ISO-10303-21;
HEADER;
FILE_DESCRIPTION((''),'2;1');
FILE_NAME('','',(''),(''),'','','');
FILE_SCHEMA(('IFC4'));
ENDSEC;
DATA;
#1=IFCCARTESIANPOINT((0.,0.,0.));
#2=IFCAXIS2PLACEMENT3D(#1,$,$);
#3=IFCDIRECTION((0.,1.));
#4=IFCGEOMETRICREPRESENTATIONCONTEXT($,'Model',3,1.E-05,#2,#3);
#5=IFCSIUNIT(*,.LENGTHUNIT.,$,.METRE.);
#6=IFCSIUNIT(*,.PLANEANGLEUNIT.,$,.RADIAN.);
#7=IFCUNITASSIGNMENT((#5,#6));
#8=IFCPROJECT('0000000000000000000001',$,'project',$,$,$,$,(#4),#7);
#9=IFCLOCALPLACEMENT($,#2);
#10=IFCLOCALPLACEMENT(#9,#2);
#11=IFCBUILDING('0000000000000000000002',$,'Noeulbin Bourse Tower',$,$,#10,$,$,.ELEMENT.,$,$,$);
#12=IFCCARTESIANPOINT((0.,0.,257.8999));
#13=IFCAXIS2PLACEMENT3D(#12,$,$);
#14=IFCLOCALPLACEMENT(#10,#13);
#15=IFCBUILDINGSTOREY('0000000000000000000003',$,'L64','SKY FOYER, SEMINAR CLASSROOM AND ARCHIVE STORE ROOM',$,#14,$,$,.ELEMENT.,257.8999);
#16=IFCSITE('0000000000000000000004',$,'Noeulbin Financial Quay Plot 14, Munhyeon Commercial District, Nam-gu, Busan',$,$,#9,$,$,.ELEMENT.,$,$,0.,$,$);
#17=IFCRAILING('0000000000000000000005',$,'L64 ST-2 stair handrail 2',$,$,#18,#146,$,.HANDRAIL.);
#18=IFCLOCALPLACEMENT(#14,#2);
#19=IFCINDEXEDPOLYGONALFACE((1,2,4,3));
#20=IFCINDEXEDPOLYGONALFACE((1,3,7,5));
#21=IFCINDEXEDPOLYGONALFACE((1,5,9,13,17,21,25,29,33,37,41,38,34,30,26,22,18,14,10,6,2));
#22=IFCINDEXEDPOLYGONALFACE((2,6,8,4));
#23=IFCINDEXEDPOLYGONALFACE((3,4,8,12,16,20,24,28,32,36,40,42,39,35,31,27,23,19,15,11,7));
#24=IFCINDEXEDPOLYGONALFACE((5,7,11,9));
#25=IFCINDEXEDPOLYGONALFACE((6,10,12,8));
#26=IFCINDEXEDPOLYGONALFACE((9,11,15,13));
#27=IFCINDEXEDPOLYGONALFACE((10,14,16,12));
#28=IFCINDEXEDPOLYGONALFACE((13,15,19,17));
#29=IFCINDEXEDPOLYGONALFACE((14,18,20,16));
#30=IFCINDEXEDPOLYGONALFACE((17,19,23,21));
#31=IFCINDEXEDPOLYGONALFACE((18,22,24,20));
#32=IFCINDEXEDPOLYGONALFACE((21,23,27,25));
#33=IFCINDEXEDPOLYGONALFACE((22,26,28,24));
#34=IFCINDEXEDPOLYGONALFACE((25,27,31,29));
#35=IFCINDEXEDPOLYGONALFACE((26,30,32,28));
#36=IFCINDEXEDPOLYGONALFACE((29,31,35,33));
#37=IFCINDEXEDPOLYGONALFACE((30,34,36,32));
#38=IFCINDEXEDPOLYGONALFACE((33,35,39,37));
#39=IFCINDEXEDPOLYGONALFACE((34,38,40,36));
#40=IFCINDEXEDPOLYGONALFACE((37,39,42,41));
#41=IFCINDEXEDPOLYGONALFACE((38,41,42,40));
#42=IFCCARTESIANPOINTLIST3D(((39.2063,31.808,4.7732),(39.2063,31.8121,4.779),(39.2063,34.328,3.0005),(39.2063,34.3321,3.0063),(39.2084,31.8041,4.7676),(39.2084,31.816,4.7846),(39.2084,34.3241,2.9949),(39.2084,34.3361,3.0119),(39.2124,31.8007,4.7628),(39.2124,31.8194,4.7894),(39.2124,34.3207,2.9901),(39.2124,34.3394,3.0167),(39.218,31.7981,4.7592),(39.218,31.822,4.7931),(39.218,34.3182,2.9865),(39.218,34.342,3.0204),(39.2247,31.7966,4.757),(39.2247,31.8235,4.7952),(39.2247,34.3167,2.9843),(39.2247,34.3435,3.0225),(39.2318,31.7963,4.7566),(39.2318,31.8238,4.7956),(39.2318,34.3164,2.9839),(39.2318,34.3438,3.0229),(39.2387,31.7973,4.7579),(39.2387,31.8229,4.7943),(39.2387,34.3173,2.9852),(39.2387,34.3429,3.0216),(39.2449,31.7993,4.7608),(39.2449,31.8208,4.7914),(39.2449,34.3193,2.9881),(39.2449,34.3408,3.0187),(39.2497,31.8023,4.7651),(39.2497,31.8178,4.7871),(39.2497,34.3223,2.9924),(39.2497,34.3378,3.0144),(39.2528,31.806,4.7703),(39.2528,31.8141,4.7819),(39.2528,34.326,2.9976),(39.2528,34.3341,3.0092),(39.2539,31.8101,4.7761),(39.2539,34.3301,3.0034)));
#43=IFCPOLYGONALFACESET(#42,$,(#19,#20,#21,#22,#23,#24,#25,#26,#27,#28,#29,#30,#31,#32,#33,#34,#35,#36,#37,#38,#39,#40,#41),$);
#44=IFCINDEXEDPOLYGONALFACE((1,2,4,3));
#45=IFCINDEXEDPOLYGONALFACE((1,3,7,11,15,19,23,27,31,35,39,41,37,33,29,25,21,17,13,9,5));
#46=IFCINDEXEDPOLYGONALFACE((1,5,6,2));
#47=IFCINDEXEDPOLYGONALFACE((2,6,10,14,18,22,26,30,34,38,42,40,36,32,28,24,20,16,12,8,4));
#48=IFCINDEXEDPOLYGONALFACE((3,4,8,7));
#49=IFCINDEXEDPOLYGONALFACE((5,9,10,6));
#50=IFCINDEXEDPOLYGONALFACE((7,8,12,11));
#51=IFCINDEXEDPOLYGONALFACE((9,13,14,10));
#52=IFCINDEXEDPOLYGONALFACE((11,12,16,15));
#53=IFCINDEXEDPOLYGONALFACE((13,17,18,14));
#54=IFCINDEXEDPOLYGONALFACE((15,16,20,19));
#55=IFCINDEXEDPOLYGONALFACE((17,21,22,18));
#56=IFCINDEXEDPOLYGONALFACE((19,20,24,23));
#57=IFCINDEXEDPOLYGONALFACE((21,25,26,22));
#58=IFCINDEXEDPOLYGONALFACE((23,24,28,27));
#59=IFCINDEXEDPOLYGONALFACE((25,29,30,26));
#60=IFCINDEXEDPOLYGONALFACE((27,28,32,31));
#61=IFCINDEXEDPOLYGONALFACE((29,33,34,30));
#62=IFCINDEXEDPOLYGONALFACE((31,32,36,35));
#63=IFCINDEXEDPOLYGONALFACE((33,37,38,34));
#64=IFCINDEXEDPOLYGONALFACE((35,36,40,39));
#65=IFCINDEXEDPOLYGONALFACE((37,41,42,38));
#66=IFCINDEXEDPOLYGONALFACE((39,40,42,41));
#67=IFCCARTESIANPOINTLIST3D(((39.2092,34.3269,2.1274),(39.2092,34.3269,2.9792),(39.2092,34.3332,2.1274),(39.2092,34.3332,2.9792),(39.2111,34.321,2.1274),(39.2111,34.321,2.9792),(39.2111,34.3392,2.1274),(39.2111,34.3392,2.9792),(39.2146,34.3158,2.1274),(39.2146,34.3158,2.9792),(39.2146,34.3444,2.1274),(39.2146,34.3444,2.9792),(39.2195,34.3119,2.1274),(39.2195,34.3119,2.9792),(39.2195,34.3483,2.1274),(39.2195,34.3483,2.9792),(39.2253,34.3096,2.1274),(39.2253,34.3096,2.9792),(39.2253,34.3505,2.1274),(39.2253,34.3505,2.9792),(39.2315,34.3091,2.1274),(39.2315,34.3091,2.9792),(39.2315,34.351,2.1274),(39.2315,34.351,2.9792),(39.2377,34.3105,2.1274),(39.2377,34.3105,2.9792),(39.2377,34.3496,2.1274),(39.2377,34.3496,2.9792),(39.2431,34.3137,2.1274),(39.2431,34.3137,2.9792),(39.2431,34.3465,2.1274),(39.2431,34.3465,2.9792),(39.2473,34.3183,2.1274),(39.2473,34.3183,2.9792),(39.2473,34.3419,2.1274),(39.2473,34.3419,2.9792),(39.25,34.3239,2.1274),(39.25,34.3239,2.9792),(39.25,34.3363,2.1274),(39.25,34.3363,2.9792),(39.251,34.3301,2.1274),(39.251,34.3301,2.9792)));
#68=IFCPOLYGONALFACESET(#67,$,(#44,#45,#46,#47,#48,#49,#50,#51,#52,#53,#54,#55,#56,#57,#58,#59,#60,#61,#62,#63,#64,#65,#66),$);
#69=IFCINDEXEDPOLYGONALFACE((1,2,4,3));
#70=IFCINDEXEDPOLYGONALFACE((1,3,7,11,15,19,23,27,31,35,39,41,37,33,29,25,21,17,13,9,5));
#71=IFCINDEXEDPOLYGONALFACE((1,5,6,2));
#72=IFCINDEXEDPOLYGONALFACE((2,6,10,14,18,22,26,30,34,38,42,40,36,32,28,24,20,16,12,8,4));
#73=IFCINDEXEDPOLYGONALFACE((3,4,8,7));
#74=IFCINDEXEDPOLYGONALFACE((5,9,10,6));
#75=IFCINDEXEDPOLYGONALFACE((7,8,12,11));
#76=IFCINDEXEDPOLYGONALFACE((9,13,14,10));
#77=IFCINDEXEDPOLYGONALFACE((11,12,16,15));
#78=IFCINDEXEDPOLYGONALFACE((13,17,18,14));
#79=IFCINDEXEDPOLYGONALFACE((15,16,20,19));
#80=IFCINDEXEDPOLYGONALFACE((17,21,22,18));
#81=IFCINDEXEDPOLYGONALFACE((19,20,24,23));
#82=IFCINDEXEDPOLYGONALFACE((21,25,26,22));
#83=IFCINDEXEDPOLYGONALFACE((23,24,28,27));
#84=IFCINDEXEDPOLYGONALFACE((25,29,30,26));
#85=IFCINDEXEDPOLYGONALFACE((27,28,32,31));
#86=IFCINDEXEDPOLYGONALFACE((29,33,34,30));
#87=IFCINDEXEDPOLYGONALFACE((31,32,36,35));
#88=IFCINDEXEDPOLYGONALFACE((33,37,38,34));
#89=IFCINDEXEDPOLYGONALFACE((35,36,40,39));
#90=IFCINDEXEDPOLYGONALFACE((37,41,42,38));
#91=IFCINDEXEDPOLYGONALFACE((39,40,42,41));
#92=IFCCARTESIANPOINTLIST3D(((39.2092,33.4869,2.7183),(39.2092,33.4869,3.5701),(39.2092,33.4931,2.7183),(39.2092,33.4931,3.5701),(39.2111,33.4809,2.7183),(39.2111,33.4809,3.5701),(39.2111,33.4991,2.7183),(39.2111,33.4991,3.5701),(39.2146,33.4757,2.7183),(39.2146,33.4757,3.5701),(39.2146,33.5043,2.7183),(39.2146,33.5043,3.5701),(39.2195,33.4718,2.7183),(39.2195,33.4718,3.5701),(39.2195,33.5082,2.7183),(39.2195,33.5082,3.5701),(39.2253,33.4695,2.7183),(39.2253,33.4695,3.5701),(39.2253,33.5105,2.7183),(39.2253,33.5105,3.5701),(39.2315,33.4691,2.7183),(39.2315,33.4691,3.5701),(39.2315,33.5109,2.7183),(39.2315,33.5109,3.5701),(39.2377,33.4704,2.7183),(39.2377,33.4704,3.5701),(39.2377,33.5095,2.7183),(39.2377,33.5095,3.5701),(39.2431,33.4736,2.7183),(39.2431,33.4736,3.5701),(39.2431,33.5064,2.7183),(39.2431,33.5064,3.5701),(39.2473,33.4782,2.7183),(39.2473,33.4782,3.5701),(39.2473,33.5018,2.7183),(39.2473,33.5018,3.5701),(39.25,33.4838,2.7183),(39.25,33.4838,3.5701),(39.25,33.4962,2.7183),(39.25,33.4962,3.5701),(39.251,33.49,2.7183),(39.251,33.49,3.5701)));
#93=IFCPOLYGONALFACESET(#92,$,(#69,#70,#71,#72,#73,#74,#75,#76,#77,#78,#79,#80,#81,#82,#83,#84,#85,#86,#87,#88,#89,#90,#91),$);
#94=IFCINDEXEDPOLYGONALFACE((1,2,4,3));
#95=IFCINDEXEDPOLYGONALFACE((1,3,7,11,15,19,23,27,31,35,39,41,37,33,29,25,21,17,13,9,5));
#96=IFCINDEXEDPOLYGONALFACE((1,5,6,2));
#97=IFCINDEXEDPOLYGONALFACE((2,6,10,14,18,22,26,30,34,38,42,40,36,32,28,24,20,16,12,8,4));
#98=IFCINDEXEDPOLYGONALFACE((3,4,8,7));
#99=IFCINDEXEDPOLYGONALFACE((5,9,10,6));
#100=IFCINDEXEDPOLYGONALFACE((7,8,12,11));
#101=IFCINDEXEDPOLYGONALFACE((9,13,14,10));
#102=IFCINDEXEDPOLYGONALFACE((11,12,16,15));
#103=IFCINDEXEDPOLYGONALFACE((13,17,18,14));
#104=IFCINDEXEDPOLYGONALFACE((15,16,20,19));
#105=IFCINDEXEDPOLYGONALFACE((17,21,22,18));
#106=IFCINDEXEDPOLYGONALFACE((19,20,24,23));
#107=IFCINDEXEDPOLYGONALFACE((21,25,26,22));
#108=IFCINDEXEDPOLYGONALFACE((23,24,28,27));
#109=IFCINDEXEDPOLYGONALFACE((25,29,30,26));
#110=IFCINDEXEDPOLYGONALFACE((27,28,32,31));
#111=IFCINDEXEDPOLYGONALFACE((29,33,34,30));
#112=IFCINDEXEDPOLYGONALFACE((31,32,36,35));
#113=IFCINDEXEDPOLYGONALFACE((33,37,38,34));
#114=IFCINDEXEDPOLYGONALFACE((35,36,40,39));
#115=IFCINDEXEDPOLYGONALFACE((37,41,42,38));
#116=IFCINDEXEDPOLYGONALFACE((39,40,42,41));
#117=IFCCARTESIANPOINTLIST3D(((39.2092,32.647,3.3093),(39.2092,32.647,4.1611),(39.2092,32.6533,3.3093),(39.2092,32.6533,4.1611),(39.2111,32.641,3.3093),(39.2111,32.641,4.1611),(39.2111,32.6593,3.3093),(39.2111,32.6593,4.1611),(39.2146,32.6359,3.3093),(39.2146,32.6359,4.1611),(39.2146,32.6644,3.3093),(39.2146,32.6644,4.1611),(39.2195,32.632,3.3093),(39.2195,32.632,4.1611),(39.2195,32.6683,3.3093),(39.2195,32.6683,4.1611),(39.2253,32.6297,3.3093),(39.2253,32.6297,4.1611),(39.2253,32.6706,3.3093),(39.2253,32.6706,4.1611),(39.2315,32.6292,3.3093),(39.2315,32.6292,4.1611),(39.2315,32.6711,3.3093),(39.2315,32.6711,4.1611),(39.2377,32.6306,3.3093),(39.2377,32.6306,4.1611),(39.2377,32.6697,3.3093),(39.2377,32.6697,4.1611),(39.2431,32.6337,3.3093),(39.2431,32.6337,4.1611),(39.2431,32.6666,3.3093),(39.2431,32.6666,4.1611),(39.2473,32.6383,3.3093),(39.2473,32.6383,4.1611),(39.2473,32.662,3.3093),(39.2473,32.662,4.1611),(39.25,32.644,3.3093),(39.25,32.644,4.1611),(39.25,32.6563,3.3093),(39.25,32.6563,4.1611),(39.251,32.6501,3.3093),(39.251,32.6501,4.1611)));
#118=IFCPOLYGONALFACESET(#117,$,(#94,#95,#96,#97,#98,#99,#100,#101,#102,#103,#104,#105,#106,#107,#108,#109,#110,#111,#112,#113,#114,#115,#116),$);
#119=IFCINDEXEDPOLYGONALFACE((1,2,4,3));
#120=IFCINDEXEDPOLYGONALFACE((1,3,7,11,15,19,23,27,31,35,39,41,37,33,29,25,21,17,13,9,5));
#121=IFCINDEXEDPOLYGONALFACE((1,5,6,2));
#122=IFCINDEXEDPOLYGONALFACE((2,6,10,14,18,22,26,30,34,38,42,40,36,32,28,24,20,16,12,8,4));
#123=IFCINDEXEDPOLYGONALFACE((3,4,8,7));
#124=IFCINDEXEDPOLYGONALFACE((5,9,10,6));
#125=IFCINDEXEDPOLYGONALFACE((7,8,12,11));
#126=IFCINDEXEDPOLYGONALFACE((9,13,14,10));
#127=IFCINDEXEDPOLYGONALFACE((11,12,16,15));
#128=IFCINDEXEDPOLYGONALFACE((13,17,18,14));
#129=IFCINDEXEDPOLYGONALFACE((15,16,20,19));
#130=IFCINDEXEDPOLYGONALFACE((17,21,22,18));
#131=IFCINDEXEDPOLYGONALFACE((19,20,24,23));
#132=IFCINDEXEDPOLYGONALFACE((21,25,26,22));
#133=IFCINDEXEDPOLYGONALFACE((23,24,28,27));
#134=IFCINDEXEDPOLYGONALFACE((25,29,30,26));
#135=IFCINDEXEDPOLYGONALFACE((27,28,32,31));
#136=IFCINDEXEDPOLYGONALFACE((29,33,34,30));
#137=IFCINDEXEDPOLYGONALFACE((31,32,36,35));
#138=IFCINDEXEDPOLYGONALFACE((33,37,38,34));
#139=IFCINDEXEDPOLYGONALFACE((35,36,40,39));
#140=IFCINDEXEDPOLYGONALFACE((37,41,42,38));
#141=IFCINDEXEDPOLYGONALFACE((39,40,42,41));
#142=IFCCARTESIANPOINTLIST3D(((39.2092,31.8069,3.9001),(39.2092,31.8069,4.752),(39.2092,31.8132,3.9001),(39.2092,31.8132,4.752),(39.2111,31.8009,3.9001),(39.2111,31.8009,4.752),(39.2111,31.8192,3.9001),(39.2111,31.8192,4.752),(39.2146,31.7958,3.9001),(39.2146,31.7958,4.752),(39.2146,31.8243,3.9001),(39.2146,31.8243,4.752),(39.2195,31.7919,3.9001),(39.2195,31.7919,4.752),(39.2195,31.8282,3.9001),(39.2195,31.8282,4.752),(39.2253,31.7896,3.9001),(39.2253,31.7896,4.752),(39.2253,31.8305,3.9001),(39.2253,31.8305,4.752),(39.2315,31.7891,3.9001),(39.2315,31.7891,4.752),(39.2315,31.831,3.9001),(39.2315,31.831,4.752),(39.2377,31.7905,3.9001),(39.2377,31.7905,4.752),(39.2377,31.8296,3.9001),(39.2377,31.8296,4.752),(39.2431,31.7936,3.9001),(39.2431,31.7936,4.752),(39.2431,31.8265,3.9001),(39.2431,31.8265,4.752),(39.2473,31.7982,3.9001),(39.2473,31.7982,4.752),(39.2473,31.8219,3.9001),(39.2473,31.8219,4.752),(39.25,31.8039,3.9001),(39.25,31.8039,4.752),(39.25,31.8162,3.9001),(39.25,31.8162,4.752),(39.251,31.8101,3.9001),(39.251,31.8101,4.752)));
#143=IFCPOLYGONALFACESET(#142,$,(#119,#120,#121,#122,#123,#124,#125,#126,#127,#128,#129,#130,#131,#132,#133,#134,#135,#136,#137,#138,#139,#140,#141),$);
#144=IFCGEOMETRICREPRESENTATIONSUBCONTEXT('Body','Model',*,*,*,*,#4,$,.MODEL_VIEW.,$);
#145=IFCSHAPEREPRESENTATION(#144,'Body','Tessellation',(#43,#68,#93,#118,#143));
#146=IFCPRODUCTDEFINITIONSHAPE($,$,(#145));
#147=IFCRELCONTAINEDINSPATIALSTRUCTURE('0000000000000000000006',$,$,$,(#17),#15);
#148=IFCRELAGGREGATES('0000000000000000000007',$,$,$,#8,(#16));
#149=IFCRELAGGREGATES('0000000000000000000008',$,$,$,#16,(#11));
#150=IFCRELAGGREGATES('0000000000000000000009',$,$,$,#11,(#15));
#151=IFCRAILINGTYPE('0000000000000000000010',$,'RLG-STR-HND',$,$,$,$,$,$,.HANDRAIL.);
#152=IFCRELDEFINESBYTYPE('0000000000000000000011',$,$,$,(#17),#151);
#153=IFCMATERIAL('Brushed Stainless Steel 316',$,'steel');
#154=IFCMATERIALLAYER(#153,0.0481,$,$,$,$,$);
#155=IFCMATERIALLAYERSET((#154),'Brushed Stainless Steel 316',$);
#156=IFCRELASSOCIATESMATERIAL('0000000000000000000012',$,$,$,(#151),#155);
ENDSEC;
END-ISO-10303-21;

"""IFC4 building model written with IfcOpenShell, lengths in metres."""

from ifc_helpers import new_model, si_unit, direction, frame, origin, origin_2d, place, context, subcontext, project, spatial, circle, extrude, material, layer, layer_set, type_object, element, save


model = new_model("IFC4")

# Units and contexts
model_context = context("Model", 3, precision=1e-05, world=origin(), true_north=direction((0.0, 1.0)))
body_context = subcontext(model_context, "Body", "Model", "MODEL_VIEW")
ifc_project = project(units=[si_unit("LENGTHUNIT", "METRE"), si_unit("PLANEANGLEUNIT", "RADIAN")], contexts=[model_context])

# Site, building, storey
site_placement = place(None, origin())
site = spatial("IfcSite", under=ifc_project, at=site_placement, Name="Noeulbin Financial Quay Plot 14, Munhyeon Commercial District, Nam-gu, Busan", CompositionType="ELEMENT", RefElevation=0.0)
building_placement = place(site_placement, origin())
building = spatial("IfcBuilding", under=site, at=building_placement, Name="Noeulbin Bourse Tower", CompositionType="ELEMENT")
storey_placement = place(building_placement, frame((0.0, 0.0, 257.8999)))
storey = spatial("IfcBuildingStorey", under=building, at=storey_placement, Name="L64", Description="SKY FOYER, SEMINAR CLASSROOM AND ARCHIVE STORE ROOM", CompositionType="ELEMENT", Elevation=257.8999)

# Railing
ifc_material_1 = material(Name="Brushed Stainless Steel 316", Category="steel")
ifc_layer_1 = layer(ifc_material_1, 0.0481)
ifc_layer_set_1 = layer_set([ifc_layer_1], Name="Brushed Stainless Steel 316")
railing_type_1 = type_object("IfcRailingType", Name="RLG-STR-HND", PredefinedType="HANDRAIL", material=ifc_layer_set_1)
railing_1_placement = place(storey_placement, frame((39.23, 34.3301, 2.1274)))
element("IfcRailing", 1, at=railing_1_placement, inside=storey, type_object=railing_type_1, Name="L64 ST-2 stair handrail 2", PredefinedType="HANDRAIL", context=body_context, shape_type="SweptSolid", body=[
    extrude(circle(Radius=0.0239, at=origin_2d()), frame((0.0, 0.0, 0.876), z_axis=(0.0, -0.817904, 0.575354), x_axis=(1.0, 0.0, 0.0)), (0.0, 0.0, 1.0), 3.0811),
    extrude(circle(Radius=0.021, at=origin_2d()), origin(), (0.0, 0.0, 1.0), 0.8518),
    extrude(circle(Radius=0.021, at=origin_2d()), frame((0.0, -0.8401, 0.5908)), (0.0, 0.0, 1.0), 0.8518),
    extrude(circle(Radius=0.021, at=origin_2d()), frame((0.0, -1.6799, 1.1819)), (0.0, 0.0, 1.0), 0.8518),
    extrude(circle(Radius=0.021, at=origin_2d()), frame((0.0, -2.52, 1.7727)), (0.0, 0.0, 1.0), 0.8518),
])

save(model, "model.ifc")
